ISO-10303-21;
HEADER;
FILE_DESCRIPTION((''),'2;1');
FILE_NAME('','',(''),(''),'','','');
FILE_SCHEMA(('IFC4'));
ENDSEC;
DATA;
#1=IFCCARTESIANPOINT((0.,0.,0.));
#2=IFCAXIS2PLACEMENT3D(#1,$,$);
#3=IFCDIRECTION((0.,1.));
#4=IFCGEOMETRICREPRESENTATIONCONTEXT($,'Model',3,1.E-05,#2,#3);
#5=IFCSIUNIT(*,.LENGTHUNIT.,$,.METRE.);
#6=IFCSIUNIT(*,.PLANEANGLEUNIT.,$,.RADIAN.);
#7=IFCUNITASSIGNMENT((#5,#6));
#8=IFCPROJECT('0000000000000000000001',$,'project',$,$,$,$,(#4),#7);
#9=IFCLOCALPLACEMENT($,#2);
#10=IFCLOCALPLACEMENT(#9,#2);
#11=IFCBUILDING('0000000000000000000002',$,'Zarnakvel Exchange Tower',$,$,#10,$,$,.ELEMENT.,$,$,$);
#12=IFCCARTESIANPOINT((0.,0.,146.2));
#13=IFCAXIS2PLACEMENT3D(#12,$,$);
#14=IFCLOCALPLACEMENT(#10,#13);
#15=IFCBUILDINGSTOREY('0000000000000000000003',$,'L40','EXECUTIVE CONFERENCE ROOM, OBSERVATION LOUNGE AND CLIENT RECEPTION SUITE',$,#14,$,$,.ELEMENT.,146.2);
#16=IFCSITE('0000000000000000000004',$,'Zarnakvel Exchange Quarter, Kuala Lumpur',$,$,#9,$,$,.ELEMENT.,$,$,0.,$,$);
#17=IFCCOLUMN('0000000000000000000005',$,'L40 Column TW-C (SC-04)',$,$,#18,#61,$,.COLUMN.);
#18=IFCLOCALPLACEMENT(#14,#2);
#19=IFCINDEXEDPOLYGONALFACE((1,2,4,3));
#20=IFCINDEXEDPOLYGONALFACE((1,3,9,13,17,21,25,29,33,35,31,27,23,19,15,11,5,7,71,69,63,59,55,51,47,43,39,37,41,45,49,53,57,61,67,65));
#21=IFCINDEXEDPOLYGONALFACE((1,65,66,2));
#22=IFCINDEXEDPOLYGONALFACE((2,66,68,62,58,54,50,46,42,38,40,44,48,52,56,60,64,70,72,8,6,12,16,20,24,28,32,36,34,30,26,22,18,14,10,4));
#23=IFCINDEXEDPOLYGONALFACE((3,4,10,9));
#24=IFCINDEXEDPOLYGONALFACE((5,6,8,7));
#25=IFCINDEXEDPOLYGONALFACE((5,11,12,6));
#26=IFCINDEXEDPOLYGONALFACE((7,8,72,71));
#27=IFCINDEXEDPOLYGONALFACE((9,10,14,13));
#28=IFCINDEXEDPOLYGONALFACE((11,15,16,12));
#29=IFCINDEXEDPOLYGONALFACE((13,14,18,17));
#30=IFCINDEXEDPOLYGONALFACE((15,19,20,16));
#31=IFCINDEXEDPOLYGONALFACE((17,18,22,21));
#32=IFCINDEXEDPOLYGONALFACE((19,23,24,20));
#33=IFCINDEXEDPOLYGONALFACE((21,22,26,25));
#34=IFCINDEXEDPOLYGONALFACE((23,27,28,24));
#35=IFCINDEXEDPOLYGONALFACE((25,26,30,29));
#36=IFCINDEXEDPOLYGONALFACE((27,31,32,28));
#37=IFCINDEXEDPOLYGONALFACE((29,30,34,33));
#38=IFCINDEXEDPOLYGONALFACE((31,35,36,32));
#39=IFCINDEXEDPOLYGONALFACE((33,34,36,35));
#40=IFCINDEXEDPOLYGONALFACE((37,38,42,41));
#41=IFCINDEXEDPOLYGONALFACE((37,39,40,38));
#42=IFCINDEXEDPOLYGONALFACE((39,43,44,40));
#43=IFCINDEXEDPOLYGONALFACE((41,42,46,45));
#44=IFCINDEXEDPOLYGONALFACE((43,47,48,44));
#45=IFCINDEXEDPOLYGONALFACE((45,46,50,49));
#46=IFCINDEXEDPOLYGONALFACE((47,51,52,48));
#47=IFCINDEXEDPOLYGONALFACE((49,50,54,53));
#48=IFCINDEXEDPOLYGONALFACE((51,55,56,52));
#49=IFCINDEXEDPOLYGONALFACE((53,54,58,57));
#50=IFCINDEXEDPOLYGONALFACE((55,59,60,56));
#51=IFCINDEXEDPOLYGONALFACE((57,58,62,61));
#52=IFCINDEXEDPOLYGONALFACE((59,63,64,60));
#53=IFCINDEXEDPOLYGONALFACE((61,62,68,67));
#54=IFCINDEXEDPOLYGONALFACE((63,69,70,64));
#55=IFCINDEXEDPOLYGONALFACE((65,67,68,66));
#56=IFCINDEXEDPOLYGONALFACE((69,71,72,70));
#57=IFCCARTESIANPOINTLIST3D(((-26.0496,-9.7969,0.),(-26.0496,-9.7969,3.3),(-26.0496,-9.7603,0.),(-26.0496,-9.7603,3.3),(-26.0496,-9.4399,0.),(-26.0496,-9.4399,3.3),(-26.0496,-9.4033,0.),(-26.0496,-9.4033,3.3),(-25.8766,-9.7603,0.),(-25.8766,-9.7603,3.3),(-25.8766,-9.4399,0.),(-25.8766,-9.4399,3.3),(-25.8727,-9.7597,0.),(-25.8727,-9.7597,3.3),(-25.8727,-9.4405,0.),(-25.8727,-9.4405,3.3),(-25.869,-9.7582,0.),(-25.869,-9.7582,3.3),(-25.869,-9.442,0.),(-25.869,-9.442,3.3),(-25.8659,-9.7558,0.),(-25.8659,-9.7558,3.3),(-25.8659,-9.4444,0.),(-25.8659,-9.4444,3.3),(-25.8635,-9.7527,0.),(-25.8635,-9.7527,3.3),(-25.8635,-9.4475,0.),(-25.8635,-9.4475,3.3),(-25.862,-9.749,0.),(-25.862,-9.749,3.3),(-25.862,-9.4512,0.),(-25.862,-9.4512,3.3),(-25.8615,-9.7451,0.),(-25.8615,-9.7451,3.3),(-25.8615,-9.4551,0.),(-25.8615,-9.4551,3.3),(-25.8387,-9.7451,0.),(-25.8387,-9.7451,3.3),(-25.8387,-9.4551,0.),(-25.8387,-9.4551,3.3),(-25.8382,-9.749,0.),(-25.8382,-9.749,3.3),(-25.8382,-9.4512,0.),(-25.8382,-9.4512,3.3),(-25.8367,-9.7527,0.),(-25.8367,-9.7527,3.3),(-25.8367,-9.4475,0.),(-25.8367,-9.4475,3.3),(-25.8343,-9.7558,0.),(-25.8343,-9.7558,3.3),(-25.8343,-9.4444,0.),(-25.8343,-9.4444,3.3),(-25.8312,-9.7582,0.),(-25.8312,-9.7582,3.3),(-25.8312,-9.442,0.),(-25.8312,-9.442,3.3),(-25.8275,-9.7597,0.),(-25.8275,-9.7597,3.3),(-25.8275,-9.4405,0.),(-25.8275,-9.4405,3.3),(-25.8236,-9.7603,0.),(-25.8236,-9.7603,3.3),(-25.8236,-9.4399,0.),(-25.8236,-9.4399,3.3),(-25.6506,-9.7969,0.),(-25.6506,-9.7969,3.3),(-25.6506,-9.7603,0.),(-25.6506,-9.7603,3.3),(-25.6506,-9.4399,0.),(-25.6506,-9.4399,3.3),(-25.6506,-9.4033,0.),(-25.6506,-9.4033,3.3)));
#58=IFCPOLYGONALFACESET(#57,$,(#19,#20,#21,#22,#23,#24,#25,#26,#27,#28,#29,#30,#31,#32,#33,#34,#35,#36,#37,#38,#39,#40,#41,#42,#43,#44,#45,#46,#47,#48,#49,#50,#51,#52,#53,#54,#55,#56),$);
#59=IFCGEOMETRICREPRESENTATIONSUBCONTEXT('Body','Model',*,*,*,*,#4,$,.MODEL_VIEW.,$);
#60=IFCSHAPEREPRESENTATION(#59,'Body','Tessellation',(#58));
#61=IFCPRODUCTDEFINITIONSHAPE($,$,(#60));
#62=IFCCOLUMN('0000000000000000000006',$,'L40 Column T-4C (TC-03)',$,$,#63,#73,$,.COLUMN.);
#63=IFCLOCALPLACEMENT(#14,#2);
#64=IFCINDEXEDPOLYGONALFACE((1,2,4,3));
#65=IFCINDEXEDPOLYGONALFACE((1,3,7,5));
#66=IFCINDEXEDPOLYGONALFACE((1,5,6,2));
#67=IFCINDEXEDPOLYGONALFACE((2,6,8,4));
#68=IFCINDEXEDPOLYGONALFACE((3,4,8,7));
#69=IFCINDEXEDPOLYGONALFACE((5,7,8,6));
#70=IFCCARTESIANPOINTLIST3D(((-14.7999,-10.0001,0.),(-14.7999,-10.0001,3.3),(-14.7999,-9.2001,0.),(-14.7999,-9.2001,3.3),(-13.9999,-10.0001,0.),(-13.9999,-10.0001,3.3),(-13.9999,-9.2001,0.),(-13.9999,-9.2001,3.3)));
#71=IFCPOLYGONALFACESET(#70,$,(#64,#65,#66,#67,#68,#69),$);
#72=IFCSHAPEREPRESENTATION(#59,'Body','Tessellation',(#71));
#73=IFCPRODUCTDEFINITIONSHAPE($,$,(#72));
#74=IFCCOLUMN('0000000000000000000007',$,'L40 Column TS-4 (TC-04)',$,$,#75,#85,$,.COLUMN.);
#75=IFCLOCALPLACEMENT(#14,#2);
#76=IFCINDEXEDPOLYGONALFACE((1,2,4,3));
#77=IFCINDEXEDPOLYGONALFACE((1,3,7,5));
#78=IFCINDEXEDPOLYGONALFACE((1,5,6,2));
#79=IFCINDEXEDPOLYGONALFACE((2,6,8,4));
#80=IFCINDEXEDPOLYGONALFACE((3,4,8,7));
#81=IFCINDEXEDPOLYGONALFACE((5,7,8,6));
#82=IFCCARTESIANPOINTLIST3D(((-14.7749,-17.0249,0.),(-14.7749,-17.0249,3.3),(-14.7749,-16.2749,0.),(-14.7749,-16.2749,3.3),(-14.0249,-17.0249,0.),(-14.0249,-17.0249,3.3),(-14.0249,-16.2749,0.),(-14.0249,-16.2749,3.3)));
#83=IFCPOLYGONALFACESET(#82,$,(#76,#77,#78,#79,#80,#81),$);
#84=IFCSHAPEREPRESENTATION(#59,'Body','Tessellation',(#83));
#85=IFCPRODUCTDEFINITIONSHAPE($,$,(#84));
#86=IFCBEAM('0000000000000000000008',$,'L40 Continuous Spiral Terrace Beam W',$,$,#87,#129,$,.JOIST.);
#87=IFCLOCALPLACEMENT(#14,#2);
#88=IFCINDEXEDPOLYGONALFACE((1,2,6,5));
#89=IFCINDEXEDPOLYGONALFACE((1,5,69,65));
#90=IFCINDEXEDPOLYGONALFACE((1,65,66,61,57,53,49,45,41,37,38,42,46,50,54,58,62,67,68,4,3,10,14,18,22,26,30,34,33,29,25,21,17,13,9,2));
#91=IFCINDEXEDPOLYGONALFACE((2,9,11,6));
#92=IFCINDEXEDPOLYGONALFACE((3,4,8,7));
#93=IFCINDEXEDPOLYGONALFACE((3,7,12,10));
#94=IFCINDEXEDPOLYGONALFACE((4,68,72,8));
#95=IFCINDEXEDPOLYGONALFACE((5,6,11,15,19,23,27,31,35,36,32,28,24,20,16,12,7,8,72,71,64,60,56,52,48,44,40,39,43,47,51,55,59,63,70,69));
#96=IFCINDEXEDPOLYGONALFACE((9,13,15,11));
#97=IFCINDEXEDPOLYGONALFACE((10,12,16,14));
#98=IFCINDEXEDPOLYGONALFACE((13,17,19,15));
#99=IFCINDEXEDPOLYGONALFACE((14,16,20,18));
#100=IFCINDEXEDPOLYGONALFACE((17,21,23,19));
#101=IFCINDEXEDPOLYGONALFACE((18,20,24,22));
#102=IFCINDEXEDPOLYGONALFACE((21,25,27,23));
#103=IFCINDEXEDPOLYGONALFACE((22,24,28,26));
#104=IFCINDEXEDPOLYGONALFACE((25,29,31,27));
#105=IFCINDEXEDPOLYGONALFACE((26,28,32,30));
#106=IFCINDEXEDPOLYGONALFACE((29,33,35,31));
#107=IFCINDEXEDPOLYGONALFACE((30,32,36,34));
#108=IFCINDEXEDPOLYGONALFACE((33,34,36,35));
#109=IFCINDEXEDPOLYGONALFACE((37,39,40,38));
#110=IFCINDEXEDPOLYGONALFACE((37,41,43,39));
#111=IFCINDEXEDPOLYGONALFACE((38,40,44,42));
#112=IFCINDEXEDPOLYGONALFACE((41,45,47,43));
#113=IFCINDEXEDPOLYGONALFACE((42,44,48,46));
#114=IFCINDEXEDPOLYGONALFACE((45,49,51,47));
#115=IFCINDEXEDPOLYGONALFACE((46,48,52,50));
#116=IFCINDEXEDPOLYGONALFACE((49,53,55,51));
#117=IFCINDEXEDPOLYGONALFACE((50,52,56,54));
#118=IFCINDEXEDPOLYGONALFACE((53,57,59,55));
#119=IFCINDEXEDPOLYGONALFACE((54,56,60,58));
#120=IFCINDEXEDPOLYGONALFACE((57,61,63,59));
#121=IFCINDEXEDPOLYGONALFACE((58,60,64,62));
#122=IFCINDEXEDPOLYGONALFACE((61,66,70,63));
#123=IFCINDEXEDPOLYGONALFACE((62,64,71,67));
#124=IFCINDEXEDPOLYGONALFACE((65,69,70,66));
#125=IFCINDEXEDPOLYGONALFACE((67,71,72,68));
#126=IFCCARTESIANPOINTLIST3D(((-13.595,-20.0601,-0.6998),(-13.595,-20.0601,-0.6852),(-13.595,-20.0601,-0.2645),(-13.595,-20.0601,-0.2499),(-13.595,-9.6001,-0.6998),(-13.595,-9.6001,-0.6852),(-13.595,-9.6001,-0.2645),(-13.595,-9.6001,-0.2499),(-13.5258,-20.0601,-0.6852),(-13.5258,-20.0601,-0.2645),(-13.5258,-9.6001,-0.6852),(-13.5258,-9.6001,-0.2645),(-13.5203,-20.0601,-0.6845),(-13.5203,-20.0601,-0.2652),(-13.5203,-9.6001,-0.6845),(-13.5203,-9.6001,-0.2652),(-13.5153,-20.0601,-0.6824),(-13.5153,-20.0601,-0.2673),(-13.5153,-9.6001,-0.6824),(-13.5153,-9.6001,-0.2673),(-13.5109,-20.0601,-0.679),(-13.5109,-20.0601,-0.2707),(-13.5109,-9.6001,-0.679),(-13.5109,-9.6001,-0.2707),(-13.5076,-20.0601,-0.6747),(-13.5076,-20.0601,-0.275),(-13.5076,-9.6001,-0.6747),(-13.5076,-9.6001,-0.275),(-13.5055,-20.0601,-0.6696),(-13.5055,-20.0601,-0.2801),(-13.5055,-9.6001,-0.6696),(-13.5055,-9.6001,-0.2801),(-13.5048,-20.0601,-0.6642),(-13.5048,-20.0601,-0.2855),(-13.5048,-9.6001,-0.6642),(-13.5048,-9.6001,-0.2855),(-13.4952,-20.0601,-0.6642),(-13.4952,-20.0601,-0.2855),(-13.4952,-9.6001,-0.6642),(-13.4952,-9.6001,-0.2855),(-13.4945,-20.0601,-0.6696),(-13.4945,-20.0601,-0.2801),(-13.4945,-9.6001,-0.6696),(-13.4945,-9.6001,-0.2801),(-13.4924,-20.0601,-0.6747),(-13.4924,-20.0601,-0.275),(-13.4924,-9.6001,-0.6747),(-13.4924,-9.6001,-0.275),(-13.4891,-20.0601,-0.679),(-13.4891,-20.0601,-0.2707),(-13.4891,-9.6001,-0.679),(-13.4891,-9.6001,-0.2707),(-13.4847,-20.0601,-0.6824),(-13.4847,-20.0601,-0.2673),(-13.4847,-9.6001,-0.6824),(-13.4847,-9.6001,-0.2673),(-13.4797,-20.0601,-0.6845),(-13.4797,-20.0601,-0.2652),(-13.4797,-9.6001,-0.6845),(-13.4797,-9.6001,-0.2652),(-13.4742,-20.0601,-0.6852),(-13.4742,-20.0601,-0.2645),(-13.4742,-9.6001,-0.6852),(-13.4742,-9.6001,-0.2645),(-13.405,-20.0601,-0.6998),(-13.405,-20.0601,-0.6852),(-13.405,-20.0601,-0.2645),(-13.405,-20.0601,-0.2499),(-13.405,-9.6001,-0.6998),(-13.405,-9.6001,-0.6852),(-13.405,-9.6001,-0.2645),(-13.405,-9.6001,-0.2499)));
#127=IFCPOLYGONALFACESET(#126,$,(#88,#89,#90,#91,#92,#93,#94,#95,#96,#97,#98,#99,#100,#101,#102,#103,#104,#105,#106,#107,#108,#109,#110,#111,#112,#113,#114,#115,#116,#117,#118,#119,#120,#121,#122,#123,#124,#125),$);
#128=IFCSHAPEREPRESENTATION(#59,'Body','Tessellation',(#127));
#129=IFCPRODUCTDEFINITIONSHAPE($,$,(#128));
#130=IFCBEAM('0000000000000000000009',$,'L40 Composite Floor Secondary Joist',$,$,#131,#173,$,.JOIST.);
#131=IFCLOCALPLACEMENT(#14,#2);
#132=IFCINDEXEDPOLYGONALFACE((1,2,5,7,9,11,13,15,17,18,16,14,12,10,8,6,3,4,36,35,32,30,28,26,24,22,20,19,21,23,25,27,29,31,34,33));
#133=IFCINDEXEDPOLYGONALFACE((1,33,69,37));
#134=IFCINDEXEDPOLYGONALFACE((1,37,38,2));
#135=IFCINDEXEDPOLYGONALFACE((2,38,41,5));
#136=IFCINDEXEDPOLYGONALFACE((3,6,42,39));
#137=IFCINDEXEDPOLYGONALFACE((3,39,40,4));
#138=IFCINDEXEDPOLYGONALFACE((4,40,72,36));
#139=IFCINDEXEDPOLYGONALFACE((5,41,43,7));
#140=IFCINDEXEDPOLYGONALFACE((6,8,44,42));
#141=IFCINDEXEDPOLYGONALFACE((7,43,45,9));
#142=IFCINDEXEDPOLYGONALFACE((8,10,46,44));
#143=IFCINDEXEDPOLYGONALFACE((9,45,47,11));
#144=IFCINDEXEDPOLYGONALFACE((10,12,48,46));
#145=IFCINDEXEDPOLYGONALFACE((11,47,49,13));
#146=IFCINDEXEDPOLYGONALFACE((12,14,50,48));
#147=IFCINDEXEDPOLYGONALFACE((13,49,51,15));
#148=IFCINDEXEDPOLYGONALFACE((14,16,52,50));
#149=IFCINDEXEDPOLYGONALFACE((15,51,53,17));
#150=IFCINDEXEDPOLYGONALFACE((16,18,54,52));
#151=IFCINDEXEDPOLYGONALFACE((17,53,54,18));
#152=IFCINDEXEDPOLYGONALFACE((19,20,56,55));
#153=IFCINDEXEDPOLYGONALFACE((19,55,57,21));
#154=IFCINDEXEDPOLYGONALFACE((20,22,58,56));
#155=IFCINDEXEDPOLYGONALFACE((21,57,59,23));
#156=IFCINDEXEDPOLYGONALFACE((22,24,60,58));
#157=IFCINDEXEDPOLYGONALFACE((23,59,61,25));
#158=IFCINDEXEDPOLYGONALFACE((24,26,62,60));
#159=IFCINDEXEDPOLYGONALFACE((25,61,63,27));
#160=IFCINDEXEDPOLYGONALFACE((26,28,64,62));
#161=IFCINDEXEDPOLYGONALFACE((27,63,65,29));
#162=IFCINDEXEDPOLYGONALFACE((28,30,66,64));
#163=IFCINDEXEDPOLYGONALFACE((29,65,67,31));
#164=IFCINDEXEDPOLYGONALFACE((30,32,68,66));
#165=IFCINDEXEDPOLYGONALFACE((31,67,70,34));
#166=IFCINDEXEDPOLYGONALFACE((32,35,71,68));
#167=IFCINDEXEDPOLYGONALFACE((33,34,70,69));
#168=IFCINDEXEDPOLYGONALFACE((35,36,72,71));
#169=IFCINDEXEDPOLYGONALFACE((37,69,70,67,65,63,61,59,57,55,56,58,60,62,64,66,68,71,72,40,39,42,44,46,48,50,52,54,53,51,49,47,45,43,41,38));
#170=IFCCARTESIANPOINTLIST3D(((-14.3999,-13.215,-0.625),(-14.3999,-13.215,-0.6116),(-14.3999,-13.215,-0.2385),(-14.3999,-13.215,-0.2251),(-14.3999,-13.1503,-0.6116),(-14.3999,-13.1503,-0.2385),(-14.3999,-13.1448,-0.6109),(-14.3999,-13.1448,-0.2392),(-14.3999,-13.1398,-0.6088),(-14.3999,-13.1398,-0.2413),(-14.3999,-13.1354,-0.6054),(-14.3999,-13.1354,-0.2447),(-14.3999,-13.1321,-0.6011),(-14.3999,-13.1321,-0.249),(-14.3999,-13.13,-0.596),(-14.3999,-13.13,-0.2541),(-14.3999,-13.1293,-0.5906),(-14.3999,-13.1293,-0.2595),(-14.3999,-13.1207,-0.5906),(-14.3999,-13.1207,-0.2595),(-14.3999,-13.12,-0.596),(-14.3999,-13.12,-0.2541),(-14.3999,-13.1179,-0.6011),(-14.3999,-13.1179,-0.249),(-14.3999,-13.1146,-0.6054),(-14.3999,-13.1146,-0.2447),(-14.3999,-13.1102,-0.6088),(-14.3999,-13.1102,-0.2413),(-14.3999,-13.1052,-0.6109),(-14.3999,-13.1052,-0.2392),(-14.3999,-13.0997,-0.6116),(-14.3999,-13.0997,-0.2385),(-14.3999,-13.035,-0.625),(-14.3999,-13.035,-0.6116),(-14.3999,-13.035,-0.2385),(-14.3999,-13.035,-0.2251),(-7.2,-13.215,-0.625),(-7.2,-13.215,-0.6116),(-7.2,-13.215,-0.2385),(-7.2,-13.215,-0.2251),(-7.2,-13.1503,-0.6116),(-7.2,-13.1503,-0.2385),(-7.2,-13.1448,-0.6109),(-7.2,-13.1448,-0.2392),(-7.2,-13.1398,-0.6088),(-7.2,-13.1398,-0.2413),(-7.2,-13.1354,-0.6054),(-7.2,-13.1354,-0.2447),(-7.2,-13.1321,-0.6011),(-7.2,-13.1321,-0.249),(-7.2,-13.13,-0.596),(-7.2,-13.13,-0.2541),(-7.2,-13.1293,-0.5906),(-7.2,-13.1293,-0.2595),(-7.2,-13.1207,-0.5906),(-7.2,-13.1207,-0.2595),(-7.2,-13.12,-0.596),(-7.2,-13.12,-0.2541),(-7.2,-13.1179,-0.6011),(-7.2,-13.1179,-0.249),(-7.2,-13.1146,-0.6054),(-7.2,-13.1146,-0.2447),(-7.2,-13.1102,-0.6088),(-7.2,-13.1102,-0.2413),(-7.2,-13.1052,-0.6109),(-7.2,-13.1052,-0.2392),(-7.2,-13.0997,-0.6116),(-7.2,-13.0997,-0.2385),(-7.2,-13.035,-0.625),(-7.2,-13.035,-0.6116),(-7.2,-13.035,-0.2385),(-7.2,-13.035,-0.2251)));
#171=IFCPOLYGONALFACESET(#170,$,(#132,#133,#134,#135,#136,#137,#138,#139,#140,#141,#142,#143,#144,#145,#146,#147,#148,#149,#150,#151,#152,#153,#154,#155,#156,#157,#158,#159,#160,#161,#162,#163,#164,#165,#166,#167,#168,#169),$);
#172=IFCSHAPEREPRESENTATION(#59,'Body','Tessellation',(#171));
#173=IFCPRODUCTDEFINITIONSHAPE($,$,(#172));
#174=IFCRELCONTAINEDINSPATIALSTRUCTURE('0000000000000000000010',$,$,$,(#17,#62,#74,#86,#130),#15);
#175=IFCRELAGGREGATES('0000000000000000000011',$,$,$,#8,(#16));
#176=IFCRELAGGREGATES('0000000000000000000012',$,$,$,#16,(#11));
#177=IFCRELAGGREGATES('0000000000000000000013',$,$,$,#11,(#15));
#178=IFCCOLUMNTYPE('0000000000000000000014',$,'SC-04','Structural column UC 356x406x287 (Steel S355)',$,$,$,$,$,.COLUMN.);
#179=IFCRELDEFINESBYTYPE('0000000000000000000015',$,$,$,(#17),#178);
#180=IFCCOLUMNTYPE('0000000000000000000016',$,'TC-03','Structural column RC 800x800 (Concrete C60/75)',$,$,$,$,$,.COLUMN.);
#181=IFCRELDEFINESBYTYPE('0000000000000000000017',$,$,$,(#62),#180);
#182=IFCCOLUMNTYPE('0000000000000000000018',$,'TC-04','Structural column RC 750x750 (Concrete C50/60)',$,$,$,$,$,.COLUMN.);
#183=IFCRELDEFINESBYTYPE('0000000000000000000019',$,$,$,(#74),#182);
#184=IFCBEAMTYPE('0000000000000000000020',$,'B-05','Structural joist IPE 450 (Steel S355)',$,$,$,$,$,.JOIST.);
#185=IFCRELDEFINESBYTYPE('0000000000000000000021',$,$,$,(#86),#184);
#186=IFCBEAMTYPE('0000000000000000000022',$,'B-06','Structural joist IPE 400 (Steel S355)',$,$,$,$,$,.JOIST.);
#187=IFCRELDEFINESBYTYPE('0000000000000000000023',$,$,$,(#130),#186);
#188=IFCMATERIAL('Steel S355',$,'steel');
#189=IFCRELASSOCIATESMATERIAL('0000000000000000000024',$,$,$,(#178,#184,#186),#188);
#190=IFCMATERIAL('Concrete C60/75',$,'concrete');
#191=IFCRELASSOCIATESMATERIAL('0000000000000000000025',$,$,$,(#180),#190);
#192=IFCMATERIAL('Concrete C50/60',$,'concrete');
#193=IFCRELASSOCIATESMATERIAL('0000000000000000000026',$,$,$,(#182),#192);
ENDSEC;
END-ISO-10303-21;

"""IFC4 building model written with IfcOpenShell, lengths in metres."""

from ifc_helpers import new_model, si_unit, direction, frame, origin, origin_2d, place, context, subcontext, project, spatial, rectangle, i_section, extrude, material, material_profile, profile_set, type_object, element, save


model = new_model("IFC4")

# Units and contexts
model_context = context("Model", 3, precision=1e-05, world=origin(), true_north=direction((0.0, 1.0)))
body_context = subcontext(model_context, "Body", "Model", "MODEL_VIEW")
ifc_project = project(units=[si_unit("LENGTHUNIT", "METRE"), si_unit("PLANEANGLEUNIT", "RADIAN")], contexts=[model_context])

# Site, building, storey
site_placement = place(None, origin())
site = spatial("IfcSite", under=ifc_project, at=site_placement, Name="Zarnakvel Exchange Quarter, Kuala Lumpur", CompositionType="ELEMENT", RefElevation=0.0)
building_placement = place(site_placement, origin())
building = spatial("IfcBuilding", under=site, at=building_placement, Name="Zarnakvel Exchange Tower", CompositionType="ELEMENT")
storey_placement = place(building_placement, frame((0.0, 0.0, 146.2)))
storey = spatial("IfcBuildingStorey", under=building, at=storey_placement, Name="L40", Description="EXECUTIVE CONFERENCE ROOM, OBSERVATION LOUNGE AND CLIENT RECEPTION SUITE", CompositionType="ELEMENT", Elevation=146.2)

# Columns
ifc_material_1 = material(Name="Steel S355", Category="steel")
ifc_material_profile_1 = material_profile(ifc_material_1, i_section(OverallWidth=0.3989, OverallDepth=0.3936, WebThickness=0.0227, FlangeThickness=0.0366, FilletRadius=0.0151, at=origin_2d()))
ifc_profile_set_1 = profile_set([ifc_material_profile_1], Name="Steel S355")
column_type_1 = type_object("IfcColumnType", Name="SC-04", Description="Structural column UC 356x406x287 (Steel S355)", PredefinedType="COLUMN", material=ifc_profile_set_1)
column_1_placement = place(storey_placement, frame((-25.8501, -9.6001, 0.0), z_axis=(0.0, 0.0, 1.0), x_axis=(1.0, 0.0, 0.0)))
element("IfcColumn", 1, at=column_1_placement, inside=storey, type_object=column_type_1, Name="L40 Column TW-C (SC-04)", PredefinedType="COLUMN", context=body_context, shape_type="SweptSolid", body=[
    extrude(i_section(OverallWidth=0.3989, OverallDepth=0.3936, WebThickness=0.0227, FlangeThickness=0.0366, FilletRadius=0.0151, at=origin_2d()), origin(), (0.0, 0.0, 1.0), 3.3),
])
ifc_material_2 = material(Name="Concrete C60/75", Category="concrete")
ifc_material_profile_2 = material_profile(ifc_material_2, rectangle(XDim=0.8, YDim=0.8, at=origin_2d()))
ifc_profile_set_2 = profile_set([ifc_material_profile_2], Name="Concrete C60/75")
column_type_2 = type_object("IfcColumnType", Name="TC-03", Description="Structural column RC 800x800 (Concrete C60/75)", PredefinedType="COLUMN", material=ifc_profile_set_2)
column_2_placement = place(storey_placement, frame((-14.3999, -9.6001, 0.0), z_axis=(0.0, 0.0, 1.0), x_axis=(1.0, 0.0, 0.0)))
element("IfcColumn", 2, at=column_2_placement, inside=storey, type_object=column_type_2, Name="L40 Column T-4C (TC-03)", PredefinedType="COLUMN", context=body_context, shape_type="SweptSolid", body=[
    extrude(rectangle(XDim=0.8, YDim=0.8, at=origin_2d()), origin(), (0.0, 0.0, 1.0), 3.3),
])
ifc_material_3 = material(Name="Concrete C50/60", Category="concrete")
ifc_material_profile_3 = material_profile(ifc_material_3, rectangle(XDim=0.75, YDim=0.75, at=origin_2d()))
ifc_profile_set_3 = profile_set([ifc_material_profile_3], Name="Concrete C50/60")
column_type_3 = type_object("IfcColumnType", Name="TC-04", Description="Structural column RC 750x750 (Concrete C50/60)", PredefinedType="COLUMN", material=ifc_profile_set_3)
column_3_placement = place(storey_placement, frame((-14.3999, -16.6499, 0.0), z_axis=(0.0, 0.0, 1.0), x_axis=(1.0, 0.0, 0.0)))
element("IfcColumn", 3, at=column_3_placement, inside=storey, type_object=column_type_3, Name="L40 Column TS-4 (TC-04)", PredefinedType="COLUMN", context=body_context, shape_type="SweptSolid", body=[
    extrude(rectangle(XDim=0.75, YDim=0.75, at=origin_2d()), origin(), (0.0, 0.0, 1.0), 3.3),
])

# Beams
ifc_material_profile_4 = material_profile(ifc_material_1, i_section(OverallWidth=0.1899, OverallDepth=0.45, WebThickness=0.0095, FlangeThickness=0.0146, FilletRadius=0.021, at=origin_2d()))
ifc_profile_set_4 = profile_set([ifc_material_profile_4], Name="Steel S355")
beam_type_1 = type_object("IfcBeamType", Name="B-05", Description="Structural joist IPE 450 (Steel S355)", PredefinedType="JOIST", material=ifc_profile_set_4)
beam_1_placement = place(storey_placement, frame((-13.5, -9.6001, -0.4749), z_axis=(0.0, -1.0, 0.0), x_axis=(1.0, 0.0, 0.0)))
element("IfcBeam", 4, at=beam_1_placement, inside=storey, type_object=beam_type_1, Name="L40 Continuous Spiral Terrace Beam W", PredefinedType="JOIST", context=body_context, shape_type="SweptSolid", body=[
    extrude(i_section(OverallWidth=0.1899, OverallDepth=0.45, WebThickness=0.0095, FlangeThickness=0.0146, FilletRadius=0.021, at=origin_2d()), origin(), (0.0, 0.0, 1.0), 10.46),
])
ifc_material_profile_5 = material_profile(ifc_material_1, i_section(OverallWidth=0.1799, OverallDepth=0.3999, WebThickness=0.0085, FlangeThickness=0.0134, FilletRadius=0.021, at=origin_2d()))
ifc_profile_set_5 = profile_set([ifc_material_profile_5], Name="Steel S355")
beam_type_2 = type_object("IfcBeamType", Name="B-06", Description="Structural joist IPE 400 (Steel S355)", PredefinedType="JOIST", material=ifc_profile_set_5)
beam_2_placement = place(storey_placement, frame((-14.3999, -13.125, -0.425), z_axis=(1.0, 0.0, 0.0), x_axis=(0.0, 1.0, 0.0)))
element("IfcBeam", 5, at=beam_2_placement, inside=storey, type_object=beam_type_2, Name="L40 Composite Floor Secondary Joist", PredefinedType="JOIST", context=body_context, shape_type="SweptSolid", body=[
    extrude(i_section(OverallWidth=0.1799, OverallDepth=0.3999, WebThickness=0.0085, FlangeThickness=0.0134, FilletRadius=0.021, at=origin_2d()), origin(), (0.0, 0.0, 1.0), 7.2),
])

save(model, "model.ifc")
